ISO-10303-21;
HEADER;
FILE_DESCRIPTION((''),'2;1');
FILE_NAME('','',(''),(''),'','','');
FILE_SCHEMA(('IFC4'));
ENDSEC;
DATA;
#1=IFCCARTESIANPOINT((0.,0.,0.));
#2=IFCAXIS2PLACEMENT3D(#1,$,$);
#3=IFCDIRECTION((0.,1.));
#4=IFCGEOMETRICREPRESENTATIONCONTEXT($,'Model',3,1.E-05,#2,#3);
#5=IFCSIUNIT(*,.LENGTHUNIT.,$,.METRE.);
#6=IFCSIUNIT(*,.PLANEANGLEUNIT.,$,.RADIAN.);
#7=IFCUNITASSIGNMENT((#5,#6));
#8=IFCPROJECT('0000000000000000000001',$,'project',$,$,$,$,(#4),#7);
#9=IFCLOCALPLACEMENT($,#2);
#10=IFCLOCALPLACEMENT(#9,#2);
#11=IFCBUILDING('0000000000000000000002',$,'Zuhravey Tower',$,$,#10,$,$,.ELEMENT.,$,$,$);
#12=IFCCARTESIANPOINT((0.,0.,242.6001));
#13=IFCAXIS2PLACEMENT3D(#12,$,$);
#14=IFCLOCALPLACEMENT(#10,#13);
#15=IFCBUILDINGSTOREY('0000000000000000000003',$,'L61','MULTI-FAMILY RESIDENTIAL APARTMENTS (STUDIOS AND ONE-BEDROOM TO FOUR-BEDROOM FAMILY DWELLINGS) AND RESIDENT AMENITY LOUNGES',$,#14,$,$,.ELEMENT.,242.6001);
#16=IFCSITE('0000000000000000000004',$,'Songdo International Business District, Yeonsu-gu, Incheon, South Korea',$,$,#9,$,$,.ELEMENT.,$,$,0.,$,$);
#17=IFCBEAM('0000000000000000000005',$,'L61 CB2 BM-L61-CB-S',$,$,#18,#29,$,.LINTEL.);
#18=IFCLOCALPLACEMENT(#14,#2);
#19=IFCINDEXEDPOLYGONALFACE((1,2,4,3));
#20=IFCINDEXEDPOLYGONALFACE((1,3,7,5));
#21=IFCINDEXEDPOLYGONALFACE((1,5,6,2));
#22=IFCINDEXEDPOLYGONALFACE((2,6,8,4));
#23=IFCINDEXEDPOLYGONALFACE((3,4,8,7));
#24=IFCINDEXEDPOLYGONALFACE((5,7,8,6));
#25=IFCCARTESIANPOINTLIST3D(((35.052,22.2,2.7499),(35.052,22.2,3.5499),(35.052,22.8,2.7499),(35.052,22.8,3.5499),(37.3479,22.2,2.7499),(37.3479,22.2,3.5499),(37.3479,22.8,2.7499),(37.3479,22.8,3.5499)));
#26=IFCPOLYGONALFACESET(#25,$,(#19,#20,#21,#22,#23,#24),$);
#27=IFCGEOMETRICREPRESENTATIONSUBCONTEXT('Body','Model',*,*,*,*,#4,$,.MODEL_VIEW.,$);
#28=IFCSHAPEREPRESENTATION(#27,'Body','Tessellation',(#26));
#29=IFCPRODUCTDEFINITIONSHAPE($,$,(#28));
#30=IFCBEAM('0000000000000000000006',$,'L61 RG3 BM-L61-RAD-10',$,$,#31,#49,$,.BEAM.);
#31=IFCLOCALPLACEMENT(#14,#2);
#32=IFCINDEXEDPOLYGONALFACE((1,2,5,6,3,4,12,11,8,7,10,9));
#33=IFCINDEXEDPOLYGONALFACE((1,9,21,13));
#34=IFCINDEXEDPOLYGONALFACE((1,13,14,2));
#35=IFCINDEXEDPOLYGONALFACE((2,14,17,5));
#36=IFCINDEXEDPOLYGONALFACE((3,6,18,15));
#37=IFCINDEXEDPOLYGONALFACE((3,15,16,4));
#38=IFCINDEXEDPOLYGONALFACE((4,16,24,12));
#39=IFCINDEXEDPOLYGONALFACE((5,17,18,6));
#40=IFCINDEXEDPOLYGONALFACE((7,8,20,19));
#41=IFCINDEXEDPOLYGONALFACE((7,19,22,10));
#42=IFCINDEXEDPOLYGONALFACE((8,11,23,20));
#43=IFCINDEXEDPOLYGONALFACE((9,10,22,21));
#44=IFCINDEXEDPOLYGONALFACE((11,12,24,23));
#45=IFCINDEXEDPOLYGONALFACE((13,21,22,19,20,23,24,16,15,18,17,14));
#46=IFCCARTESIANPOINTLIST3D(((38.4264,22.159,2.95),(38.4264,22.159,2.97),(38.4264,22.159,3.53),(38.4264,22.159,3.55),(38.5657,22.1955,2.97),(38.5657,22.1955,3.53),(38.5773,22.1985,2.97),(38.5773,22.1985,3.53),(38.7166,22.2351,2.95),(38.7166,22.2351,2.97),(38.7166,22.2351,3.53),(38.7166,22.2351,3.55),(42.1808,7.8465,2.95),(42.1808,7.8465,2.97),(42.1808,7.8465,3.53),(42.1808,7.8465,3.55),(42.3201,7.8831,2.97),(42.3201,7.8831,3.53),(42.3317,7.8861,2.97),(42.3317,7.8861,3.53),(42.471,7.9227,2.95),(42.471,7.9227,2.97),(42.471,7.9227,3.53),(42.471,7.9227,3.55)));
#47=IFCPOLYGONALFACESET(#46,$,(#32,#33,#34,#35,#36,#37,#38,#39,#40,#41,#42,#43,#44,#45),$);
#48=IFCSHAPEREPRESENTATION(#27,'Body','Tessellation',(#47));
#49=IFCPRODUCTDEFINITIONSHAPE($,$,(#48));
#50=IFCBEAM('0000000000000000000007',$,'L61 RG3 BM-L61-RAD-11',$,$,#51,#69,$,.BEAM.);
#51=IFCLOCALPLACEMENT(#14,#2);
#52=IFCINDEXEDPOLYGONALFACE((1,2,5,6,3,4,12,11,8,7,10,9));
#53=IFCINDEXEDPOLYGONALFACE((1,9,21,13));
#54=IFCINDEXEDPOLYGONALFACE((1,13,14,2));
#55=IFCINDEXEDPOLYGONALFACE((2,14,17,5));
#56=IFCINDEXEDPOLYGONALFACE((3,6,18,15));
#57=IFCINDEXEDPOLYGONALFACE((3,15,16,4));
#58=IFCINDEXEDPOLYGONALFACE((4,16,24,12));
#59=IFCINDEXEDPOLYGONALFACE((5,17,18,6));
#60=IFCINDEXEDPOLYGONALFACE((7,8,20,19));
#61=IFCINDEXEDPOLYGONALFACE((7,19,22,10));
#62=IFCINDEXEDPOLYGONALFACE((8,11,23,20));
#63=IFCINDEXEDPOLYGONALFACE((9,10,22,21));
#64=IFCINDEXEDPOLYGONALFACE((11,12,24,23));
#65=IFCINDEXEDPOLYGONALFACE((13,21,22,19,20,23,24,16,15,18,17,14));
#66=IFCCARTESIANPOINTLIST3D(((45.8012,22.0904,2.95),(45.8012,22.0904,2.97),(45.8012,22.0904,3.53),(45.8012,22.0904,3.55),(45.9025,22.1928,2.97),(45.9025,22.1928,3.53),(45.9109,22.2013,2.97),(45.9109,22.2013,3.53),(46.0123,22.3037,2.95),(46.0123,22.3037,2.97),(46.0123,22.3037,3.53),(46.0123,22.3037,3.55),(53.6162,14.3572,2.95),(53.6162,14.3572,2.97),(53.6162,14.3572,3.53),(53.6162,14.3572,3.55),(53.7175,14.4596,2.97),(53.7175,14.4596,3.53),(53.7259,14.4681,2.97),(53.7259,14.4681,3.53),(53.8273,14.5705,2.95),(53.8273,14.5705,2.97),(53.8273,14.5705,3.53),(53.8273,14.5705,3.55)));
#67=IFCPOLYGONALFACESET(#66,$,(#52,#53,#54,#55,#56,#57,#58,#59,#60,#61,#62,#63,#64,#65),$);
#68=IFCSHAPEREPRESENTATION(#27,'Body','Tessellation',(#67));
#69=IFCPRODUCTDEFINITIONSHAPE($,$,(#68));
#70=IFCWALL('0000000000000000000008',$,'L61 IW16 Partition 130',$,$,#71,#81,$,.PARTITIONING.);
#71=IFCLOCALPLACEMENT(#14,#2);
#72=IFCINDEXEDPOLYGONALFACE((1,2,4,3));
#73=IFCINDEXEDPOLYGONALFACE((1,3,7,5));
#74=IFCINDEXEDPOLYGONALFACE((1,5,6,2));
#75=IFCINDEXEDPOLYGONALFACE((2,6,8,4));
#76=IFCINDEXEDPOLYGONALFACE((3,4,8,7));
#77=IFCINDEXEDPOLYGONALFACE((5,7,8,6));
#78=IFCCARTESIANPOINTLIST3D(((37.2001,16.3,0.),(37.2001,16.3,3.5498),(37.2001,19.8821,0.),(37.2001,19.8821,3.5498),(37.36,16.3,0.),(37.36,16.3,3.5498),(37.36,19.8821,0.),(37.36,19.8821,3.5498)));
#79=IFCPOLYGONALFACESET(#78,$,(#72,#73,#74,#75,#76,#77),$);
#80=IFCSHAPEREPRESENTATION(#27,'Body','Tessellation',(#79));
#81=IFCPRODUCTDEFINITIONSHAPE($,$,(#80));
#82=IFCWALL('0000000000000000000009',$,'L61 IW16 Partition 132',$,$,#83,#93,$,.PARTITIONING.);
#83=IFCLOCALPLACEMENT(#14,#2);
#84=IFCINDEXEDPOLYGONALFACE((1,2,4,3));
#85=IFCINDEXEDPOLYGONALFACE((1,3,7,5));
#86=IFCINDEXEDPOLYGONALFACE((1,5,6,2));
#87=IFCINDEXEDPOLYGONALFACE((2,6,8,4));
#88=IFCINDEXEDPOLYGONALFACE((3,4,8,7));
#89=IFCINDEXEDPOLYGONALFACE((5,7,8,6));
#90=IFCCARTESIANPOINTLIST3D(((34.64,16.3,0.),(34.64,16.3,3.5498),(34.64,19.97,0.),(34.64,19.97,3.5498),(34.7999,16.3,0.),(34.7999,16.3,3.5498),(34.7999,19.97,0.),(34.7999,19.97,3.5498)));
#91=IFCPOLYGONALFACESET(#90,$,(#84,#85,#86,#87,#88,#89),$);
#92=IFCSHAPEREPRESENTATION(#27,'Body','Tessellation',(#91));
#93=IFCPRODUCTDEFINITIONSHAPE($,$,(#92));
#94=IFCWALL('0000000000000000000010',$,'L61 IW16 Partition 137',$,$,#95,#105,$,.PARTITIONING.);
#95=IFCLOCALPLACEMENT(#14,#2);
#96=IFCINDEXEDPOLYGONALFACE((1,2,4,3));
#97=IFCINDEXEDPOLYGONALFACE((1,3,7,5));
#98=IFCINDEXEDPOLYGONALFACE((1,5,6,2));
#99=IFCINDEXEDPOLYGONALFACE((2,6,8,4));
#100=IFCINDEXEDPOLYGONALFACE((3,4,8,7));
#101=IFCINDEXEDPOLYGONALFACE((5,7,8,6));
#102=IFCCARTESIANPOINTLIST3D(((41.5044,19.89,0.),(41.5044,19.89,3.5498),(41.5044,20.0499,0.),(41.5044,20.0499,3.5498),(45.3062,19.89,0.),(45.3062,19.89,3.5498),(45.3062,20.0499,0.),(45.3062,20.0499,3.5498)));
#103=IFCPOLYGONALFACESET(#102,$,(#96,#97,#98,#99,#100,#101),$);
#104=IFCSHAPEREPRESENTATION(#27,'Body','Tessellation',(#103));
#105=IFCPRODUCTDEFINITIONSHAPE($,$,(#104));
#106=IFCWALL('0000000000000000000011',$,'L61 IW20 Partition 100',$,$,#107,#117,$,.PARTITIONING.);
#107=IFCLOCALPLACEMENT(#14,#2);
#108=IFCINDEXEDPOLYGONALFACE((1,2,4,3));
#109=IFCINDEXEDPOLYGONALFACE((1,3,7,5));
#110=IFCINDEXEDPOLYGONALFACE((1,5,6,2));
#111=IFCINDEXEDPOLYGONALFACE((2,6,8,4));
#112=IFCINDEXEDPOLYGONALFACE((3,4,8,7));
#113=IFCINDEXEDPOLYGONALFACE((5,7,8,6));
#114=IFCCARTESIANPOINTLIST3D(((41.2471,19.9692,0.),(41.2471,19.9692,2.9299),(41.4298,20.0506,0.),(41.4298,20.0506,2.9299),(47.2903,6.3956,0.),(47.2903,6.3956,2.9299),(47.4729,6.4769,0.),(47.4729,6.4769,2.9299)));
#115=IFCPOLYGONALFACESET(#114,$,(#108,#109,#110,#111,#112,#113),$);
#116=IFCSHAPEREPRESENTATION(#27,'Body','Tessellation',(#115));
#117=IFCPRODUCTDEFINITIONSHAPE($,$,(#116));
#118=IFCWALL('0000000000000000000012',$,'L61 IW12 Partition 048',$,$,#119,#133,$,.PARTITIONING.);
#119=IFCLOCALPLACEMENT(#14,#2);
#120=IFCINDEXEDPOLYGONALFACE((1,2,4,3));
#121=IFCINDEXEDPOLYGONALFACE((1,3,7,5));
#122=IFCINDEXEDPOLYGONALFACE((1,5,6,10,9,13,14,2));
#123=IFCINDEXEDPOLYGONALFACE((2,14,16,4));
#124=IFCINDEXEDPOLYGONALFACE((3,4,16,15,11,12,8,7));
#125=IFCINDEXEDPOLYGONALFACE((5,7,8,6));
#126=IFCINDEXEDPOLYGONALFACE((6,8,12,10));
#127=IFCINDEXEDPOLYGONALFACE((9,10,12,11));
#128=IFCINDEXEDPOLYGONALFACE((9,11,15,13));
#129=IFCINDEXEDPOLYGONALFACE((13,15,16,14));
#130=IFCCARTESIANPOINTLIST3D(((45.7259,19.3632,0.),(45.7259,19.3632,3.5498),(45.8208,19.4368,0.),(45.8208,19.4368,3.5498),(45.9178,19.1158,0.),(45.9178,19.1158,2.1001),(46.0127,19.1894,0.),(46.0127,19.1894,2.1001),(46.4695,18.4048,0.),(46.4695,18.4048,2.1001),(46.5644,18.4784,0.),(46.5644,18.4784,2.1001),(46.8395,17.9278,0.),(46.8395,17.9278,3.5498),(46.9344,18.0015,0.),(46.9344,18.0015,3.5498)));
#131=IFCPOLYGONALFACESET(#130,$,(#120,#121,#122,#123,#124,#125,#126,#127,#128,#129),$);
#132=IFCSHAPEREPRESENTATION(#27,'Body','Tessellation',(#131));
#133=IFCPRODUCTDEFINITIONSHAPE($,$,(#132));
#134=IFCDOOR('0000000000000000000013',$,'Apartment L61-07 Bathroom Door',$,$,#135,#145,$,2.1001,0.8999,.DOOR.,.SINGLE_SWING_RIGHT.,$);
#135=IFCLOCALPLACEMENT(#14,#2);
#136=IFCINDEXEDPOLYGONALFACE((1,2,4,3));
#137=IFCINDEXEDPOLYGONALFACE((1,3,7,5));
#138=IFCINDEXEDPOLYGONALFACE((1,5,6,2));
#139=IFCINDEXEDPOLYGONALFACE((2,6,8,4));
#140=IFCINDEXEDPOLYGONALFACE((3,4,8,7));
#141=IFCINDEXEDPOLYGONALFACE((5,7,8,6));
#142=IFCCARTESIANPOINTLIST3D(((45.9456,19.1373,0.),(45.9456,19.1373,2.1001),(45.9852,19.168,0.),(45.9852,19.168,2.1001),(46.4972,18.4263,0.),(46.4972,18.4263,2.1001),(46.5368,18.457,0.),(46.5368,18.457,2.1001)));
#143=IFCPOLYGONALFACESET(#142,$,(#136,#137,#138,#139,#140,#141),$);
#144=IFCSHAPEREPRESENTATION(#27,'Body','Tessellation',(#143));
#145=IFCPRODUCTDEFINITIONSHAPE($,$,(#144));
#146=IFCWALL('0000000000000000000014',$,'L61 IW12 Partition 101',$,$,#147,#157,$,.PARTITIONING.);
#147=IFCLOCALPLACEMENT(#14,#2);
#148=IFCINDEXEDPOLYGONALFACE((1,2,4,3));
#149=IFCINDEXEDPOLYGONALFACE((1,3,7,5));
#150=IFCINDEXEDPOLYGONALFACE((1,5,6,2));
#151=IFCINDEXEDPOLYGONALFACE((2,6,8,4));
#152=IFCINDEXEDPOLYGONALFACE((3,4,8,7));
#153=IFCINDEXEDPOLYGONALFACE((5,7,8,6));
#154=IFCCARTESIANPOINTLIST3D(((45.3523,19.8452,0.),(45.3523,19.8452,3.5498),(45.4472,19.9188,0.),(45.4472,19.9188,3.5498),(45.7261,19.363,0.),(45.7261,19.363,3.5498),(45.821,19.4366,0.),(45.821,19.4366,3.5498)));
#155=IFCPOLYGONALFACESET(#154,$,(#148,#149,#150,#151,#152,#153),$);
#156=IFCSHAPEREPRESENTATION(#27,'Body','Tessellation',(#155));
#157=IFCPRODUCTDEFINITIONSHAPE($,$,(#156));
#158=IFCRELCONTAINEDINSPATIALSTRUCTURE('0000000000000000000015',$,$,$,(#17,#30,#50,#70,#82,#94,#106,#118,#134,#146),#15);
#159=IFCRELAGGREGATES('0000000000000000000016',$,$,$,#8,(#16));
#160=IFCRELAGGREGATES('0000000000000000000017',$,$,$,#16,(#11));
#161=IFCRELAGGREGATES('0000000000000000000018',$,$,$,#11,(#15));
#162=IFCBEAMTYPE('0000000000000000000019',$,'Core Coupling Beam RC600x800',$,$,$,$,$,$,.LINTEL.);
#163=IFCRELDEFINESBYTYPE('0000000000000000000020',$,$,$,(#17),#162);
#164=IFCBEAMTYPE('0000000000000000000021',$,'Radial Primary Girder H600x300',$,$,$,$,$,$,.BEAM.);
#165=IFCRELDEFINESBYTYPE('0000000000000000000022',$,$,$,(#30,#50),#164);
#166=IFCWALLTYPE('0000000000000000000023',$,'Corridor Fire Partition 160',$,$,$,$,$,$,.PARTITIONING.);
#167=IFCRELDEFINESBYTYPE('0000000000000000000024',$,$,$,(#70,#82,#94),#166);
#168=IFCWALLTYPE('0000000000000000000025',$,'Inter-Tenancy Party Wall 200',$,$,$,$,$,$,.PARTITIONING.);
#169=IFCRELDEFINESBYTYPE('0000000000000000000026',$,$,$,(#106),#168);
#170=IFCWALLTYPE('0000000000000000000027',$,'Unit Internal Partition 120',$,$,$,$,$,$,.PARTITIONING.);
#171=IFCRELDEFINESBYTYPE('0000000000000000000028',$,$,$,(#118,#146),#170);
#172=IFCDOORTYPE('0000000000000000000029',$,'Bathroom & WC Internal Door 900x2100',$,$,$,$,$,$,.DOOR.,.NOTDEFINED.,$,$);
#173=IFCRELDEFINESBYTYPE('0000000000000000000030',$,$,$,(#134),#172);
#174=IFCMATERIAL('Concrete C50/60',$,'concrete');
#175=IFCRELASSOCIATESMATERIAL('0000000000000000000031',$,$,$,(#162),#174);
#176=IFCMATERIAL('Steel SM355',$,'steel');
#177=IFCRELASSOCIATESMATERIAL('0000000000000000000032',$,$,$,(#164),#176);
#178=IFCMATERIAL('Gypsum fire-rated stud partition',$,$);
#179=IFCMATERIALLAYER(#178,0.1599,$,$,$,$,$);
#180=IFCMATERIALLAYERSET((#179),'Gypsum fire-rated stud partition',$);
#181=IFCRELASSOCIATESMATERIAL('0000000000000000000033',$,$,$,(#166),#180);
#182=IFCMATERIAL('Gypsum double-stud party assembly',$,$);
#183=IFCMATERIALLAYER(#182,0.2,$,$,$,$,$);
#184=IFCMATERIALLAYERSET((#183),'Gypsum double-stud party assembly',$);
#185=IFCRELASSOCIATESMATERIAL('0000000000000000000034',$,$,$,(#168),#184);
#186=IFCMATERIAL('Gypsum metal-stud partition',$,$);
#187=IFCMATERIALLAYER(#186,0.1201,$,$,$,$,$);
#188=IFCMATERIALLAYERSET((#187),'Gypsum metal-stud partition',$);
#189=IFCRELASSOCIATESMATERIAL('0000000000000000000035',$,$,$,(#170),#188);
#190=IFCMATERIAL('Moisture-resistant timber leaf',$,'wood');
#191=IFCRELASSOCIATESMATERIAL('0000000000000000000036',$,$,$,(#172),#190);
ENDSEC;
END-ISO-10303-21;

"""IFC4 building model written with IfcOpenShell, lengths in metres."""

from ifc_helpers import new_model, si_unit, direction, frame, frame_2d, origin, origin_2d, place, context, subcontext, project, spatial, rectangle, i_section, extrude, material, layer, layer_set, material_profile, profile_set, type_object, element, fill, save


model = new_model("IFC4")

# Units and contexts
model_context = context("Model", 3, precision=1e-05, world=origin(), true_north=direction((0.0, 1.0)))
body_context = subcontext(model_context, "Body", "Model", "MODEL_VIEW")
ifc_project = project(units=[si_unit("LENGTHUNIT", "METRE"), si_unit("PLANEANGLEUNIT", "RADIAN")], contexts=[model_context])

# Site, building, storey
site_placement = place(None, origin())
site = spatial("IfcSite", under=ifc_project, at=site_placement, Name="Songdo International Business District, Yeonsu-gu, Incheon, South Korea", CompositionType="ELEMENT", RefElevation=0.0)
building_placement = place(site_placement, origin())
building = spatial("IfcBuilding", under=site, at=building_placement, Name="Zuhravey Tower", CompositionType="ELEMENT")
storey_placement = place(building_placement, frame((0.0, 0.0, 242.6001)))
storey = spatial("IfcBuildingStorey", under=building, at=storey_placement, Name="L61", Description="MULTI-FAMILY RESIDENTIAL APARTMENTS (STUDIOS AND ONE-BEDROOM TO FOUR-BEDROOM FAMILY DWELLINGS) AND RESIDENT AMENITY LOUNGES", CompositionType="ELEMENT", Elevation=242.6001)

# Beams
ifc_material_1 = material(Name="Concrete C50/60", Category="concrete")
ifc_material_profile_1 = material_profile(ifc_material_1, rectangle(XDim=0.6001, YDim=0.8, at=origin_2d()), Name="RC-600x800")
ifc_profile_set_1 = profile_set([ifc_material_profile_1], Name="Concrete C50/60")
beam_type_1 = type_object("IfcBeamType", Name="Core Coupling Beam RC600x800", PredefinedType="LINTEL", material=ifc_profile_set_1)
beam_1_placement = place(storey_placement, frame((35.052, 22.5, 3.1499), z_axis=(1.0, 0.0, 0.0), x_axis=(0.0, 1.0, 0.0)))
element("IfcBeam", 1, at=beam_1_placement, inside=storey, type_object=beam_type_1, Name="L61 CB2 BM-L61-CB-S", PredefinedType="LINTEL", context=body_context, shape_type="SweptSolid", body=[
    extrude(rectangle(XDim=0.6001, YDim=0.8, at=origin_2d()), origin(), (0.0, 0.0, 1.0), 2.2959),
])
ifc_material_2 = material(Name="Steel SM355", Category="steel")
ifc_material_profile_2 = material_profile(ifc_material_2, i_section(OverallWidth=0.3, OverallDepth=0.6001, WebThickness=0.012, FlangeThickness=0.02, at=origin_2d()), Name="H-600x300x12x20")
ifc_profile_set_2 = profile_set([ifc_material_profile_2], Name="Steel SM355")
beam_type_2 = type_object("IfcBeamType", Name="Radial Primary Girder H600x300", PredefinedType="BEAM", material=ifc_profile_set_2)
beam_2_placement = place(storey_placement, frame((38.5715, 22.197, 3.25), z_axis=(0.253731, -0.967275, 0.0), x_axis=(0.967275, 0.253731, 0.0)))
element("IfcBeam", 2, at=beam_2_placement, inside=storey, type_object=beam_type_2, Name="L61 RG3 BM-L61-RAD-10", PredefinedType="BEAM", context=body_context, shape_type="SweptSolid", body=[
    extrude(i_section(OverallWidth=0.3, OverallDepth=0.6001, WebThickness=0.012, FlangeThickness=0.02, at=origin_2d()), origin(), (0.0, 0.0, 1.0), 14.7966),
])
beam_3_placement = place(storey_placement, frame((45.9067, 22.197, 3.25), z_axis=(0.710817, -0.703377, 0.0), x_axis=(0.703377, 0.710817, 0.0)))
element("IfcBeam", 3, at=beam_3_placement, inside=storey, type_object=beam_type_2, Name="L61 RG3 BM-L61-RAD-11", PredefinedType="BEAM", context=body_context, shape_type="SweptSolid", body=[
    extrude(i_section(OverallWidth=0.3, OverallDepth=0.6001, WebThickness=0.012, FlangeThickness=0.02, at=origin_2d()), origin(), (0.0, 0.0, 1.0), 10.9944),
])

# Shared definitions
ifc_material_3 = material(Name="Gypsum fire-rated stud partition")
ifc_layer_1 = layer(ifc_material_3, 0.1599)
ifc_layer_set_1 = layer_set([ifc_layer_1], Name="Gypsum fire-rated stud partition")
wall_type_1 = type_object("IfcWallType", Name="Corridor Fire Partition 160", PredefinedType="PARTITIONING", material=ifc_layer_set_1)

# Walls
wall_1_placement = place(storey_placement, frame((37.28, 16.3, 0.0), z_axis=(0.0, 0.0, 1.0), x_axis=(0.0, 1.0, 0.0)))
element("IfcWall", 4, at=wall_1_placement, inside=storey, type_object=wall_type_1, Name="L61 IW16 Partition 130", PredefinedType="PARTITIONING", context=body_context, shape_type="SweptSolid", body=[
    extrude(rectangle(XDim=3.582, YDim=0.1599, at=frame_2d((1.791, 0.0))), origin(), (0.0, 0.0, 1.0), 3.5498),
])
wall_2_placement = place(storey_placement, frame((34.72, 19.97, 0.0), z_axis=(0.0, 0.0, 1.0), x_axis=(0.0, -1.0, 0.0)))
element("IfcWall", 5, at=wall_2_placement, inside=storey, type_object=wall_type_1, Name="L61 IW16 Partition 132", PredefinedType="PARTITIONING", context=body_context, shape_type="SweptSolid", body=[
    extrude(rectangle(XDim=3.6699, YDim=0.1599, at=frame_2d((1.835, 0.0))), origin(), (0.0, 0.0, 1.0), 3.5498),
])
wall_3_placement = place(storey_placement, frame((41.5044, 19.97, 0.0), z_axis=(0.0, 0.0, 1.0), x_axis=(1.0, 0.0, 0.0)))
element("IfcWall", 6, at=wall_3_placement, inside=storey, type_object=wall_type_1, Name="L61 IW16 Partition 137", PredefinedType="PARTITIONING", context=body_context, shape_type="SweptSolid", body=[
    extrude(rectangle(XDim=3.8018, YDim=0.1599, at=frame_2d((1.9009, 0.0))), origin(), (0.0, 0.0, 1.0), 3.5498),
])
ifc_material_4 = material(Name="Gypsum double-stud party assembly")
ifc_layer_2 = layer(ifc_material_4, 0.2)
ifc_layer_set_2 = layer_set([ifc_layer_2], Name="Gypsum double-stud party assembly")
wall_type_2 = type_object("IfcWallType", Name="Inter-Tenancy Party Wall 200", PredefinedType="PARTITIONING", material=ifc_layer_set_2)
wall_4_placement = place(storey_placement, frame((41.3384, 20.01, 0.0), z_axis=(0.0, 0.0, 1.0), x_axis=(0.406725, -0.91355, 0.0)))
element("IfcWall", 7, at=wall_4_placement, inside=storey, type_object=wall_type_2, Name="L61 IW20 Partition 100", PredefinedType="PARTITIONING", context=body_context, shape_type="SweptSolid", body=[
    extrude(rectangle(XDim=14.8582, YDim=0.2, at=frame_2d((7.4292, 0.0))), origin(), (0.0, 0.0, 1.0), 2.9299),
])

# Wall, opening, door
ifc_material_5 = material(Name="Gypsum metal-stud partition")
ifc_layer_3 = layer(ifc_material_5, 0.1201)
ifc_layer_set_3 = layer_set([ifc_layer_3], Name="Gypsum metal-stud partition")
wall_type_3 = type_object("IfcWallType", Name="Unit Internal Partition 120", PredefinedType="PARTITIONING", material=ifc_layer_set_3)
wall_5_placement = place(storey_placement, frame((45.7734, 19.3999, 0.0), z_axis=(0.0, 0.0, 1.0), x_axis=(0.612973, -0.790104, 0.0)))
wall_5 = element("IfcWall", 8, at=wall_5_placement, inside=storey, type_object=wall_type_3, Name="L61 IW12 Partition 048", PredefinedType="PARTITIONING", context=body_context, shape_type="SweptSolid", body=[
    extrude(rectangle(XDim=1.8167, YDim=0.1201, at=frame_2d((0.9082, 0.0))), origin(), (0.0, 0.0, 1.0), 3.5498),
])
opening_1_placement = place(wall_5_placement, frame((0.313, 0.0, 0.0)))
opening_1 = element("IfcOpeningElement", 9, at=opening_1_placement, cuts=wall_5, PredefinedType="OPENING", context=body_context, shape_type="SweptSolid", body=[
    extrude(rectangle(XDim=0.8999, YDim=2.1001, at=frame_2d((0.45, 1.05))), frame((0.0, 0.072, 0.0), z_axis=(0.0, -1.0, 0.0), x_axis=(1.0, 0.0, 0.0)), (0.0, 0.0, 1.0), 0.144),
])
ifc_material_6 = material(Name="Moisture-resistant timber leaf", Category="wood")
door_type_1 = type_object("IfcDoorType", Name="Bathroom & WC Internal Door 900x2100", OperationType="NOTDEFINED", PredefinedType="DOOR", material=ifc_material_6)
door_1_placement = place(opening_1_placement, frame((0.8999, 0.0, 0.0), z_axis=(0.0, 0.0, 1.0), x_axis=(-1.0, 0.0, 0.0)))
door_1 = element("IfcDoor", 10, at=door_1_placement, inside=storey, type_object=door_type_1, Name="Apartment L61-07 Bathroom Door", OperationType="SINGLE_SWING_RIGHT", OverallHeight=2.1001, OverallWidth=0.8999, PredefinedType="DOOR", context=body_context, shape_type="SweptSolid", body=[
    extrude(rectangle(XDim=0.8999, YDim=2.1001, at=frame_2d((0.45, 1.05))), frame((0.0, 0.0249, 0.0), z_axis=(0.0, -1.0, 0.0), x_axis=(1.0, 0.0, 0.0)), (0.0, 0.0, 1.0), 0.05),
])
fill(opening_1, door_1)

# Wall
wall_6_placement = place(storey_placement, frame((45.3997, 19.8821, 0.0), z_axis=(0.0, 0.0, 1.0), x_axis=(0.612665, -0.790342, 0.0)))
element("IfcWall", 11, at=wall_6_placement, inside=storey, type_object=wall_type_3, Name="L61 IW12 Partition 101", PredefinedType="PARTITIONING", context=body_context, shape_type="SweptSolid", body=[
    extrude(rectangle(XDim=0.6101, YDim=0.1201, at=frame_2d((0.3052, 0.0))), origin(), (0.0, 0.0, 1.0), 3.5498),
])

save(model, "model.ifc")
